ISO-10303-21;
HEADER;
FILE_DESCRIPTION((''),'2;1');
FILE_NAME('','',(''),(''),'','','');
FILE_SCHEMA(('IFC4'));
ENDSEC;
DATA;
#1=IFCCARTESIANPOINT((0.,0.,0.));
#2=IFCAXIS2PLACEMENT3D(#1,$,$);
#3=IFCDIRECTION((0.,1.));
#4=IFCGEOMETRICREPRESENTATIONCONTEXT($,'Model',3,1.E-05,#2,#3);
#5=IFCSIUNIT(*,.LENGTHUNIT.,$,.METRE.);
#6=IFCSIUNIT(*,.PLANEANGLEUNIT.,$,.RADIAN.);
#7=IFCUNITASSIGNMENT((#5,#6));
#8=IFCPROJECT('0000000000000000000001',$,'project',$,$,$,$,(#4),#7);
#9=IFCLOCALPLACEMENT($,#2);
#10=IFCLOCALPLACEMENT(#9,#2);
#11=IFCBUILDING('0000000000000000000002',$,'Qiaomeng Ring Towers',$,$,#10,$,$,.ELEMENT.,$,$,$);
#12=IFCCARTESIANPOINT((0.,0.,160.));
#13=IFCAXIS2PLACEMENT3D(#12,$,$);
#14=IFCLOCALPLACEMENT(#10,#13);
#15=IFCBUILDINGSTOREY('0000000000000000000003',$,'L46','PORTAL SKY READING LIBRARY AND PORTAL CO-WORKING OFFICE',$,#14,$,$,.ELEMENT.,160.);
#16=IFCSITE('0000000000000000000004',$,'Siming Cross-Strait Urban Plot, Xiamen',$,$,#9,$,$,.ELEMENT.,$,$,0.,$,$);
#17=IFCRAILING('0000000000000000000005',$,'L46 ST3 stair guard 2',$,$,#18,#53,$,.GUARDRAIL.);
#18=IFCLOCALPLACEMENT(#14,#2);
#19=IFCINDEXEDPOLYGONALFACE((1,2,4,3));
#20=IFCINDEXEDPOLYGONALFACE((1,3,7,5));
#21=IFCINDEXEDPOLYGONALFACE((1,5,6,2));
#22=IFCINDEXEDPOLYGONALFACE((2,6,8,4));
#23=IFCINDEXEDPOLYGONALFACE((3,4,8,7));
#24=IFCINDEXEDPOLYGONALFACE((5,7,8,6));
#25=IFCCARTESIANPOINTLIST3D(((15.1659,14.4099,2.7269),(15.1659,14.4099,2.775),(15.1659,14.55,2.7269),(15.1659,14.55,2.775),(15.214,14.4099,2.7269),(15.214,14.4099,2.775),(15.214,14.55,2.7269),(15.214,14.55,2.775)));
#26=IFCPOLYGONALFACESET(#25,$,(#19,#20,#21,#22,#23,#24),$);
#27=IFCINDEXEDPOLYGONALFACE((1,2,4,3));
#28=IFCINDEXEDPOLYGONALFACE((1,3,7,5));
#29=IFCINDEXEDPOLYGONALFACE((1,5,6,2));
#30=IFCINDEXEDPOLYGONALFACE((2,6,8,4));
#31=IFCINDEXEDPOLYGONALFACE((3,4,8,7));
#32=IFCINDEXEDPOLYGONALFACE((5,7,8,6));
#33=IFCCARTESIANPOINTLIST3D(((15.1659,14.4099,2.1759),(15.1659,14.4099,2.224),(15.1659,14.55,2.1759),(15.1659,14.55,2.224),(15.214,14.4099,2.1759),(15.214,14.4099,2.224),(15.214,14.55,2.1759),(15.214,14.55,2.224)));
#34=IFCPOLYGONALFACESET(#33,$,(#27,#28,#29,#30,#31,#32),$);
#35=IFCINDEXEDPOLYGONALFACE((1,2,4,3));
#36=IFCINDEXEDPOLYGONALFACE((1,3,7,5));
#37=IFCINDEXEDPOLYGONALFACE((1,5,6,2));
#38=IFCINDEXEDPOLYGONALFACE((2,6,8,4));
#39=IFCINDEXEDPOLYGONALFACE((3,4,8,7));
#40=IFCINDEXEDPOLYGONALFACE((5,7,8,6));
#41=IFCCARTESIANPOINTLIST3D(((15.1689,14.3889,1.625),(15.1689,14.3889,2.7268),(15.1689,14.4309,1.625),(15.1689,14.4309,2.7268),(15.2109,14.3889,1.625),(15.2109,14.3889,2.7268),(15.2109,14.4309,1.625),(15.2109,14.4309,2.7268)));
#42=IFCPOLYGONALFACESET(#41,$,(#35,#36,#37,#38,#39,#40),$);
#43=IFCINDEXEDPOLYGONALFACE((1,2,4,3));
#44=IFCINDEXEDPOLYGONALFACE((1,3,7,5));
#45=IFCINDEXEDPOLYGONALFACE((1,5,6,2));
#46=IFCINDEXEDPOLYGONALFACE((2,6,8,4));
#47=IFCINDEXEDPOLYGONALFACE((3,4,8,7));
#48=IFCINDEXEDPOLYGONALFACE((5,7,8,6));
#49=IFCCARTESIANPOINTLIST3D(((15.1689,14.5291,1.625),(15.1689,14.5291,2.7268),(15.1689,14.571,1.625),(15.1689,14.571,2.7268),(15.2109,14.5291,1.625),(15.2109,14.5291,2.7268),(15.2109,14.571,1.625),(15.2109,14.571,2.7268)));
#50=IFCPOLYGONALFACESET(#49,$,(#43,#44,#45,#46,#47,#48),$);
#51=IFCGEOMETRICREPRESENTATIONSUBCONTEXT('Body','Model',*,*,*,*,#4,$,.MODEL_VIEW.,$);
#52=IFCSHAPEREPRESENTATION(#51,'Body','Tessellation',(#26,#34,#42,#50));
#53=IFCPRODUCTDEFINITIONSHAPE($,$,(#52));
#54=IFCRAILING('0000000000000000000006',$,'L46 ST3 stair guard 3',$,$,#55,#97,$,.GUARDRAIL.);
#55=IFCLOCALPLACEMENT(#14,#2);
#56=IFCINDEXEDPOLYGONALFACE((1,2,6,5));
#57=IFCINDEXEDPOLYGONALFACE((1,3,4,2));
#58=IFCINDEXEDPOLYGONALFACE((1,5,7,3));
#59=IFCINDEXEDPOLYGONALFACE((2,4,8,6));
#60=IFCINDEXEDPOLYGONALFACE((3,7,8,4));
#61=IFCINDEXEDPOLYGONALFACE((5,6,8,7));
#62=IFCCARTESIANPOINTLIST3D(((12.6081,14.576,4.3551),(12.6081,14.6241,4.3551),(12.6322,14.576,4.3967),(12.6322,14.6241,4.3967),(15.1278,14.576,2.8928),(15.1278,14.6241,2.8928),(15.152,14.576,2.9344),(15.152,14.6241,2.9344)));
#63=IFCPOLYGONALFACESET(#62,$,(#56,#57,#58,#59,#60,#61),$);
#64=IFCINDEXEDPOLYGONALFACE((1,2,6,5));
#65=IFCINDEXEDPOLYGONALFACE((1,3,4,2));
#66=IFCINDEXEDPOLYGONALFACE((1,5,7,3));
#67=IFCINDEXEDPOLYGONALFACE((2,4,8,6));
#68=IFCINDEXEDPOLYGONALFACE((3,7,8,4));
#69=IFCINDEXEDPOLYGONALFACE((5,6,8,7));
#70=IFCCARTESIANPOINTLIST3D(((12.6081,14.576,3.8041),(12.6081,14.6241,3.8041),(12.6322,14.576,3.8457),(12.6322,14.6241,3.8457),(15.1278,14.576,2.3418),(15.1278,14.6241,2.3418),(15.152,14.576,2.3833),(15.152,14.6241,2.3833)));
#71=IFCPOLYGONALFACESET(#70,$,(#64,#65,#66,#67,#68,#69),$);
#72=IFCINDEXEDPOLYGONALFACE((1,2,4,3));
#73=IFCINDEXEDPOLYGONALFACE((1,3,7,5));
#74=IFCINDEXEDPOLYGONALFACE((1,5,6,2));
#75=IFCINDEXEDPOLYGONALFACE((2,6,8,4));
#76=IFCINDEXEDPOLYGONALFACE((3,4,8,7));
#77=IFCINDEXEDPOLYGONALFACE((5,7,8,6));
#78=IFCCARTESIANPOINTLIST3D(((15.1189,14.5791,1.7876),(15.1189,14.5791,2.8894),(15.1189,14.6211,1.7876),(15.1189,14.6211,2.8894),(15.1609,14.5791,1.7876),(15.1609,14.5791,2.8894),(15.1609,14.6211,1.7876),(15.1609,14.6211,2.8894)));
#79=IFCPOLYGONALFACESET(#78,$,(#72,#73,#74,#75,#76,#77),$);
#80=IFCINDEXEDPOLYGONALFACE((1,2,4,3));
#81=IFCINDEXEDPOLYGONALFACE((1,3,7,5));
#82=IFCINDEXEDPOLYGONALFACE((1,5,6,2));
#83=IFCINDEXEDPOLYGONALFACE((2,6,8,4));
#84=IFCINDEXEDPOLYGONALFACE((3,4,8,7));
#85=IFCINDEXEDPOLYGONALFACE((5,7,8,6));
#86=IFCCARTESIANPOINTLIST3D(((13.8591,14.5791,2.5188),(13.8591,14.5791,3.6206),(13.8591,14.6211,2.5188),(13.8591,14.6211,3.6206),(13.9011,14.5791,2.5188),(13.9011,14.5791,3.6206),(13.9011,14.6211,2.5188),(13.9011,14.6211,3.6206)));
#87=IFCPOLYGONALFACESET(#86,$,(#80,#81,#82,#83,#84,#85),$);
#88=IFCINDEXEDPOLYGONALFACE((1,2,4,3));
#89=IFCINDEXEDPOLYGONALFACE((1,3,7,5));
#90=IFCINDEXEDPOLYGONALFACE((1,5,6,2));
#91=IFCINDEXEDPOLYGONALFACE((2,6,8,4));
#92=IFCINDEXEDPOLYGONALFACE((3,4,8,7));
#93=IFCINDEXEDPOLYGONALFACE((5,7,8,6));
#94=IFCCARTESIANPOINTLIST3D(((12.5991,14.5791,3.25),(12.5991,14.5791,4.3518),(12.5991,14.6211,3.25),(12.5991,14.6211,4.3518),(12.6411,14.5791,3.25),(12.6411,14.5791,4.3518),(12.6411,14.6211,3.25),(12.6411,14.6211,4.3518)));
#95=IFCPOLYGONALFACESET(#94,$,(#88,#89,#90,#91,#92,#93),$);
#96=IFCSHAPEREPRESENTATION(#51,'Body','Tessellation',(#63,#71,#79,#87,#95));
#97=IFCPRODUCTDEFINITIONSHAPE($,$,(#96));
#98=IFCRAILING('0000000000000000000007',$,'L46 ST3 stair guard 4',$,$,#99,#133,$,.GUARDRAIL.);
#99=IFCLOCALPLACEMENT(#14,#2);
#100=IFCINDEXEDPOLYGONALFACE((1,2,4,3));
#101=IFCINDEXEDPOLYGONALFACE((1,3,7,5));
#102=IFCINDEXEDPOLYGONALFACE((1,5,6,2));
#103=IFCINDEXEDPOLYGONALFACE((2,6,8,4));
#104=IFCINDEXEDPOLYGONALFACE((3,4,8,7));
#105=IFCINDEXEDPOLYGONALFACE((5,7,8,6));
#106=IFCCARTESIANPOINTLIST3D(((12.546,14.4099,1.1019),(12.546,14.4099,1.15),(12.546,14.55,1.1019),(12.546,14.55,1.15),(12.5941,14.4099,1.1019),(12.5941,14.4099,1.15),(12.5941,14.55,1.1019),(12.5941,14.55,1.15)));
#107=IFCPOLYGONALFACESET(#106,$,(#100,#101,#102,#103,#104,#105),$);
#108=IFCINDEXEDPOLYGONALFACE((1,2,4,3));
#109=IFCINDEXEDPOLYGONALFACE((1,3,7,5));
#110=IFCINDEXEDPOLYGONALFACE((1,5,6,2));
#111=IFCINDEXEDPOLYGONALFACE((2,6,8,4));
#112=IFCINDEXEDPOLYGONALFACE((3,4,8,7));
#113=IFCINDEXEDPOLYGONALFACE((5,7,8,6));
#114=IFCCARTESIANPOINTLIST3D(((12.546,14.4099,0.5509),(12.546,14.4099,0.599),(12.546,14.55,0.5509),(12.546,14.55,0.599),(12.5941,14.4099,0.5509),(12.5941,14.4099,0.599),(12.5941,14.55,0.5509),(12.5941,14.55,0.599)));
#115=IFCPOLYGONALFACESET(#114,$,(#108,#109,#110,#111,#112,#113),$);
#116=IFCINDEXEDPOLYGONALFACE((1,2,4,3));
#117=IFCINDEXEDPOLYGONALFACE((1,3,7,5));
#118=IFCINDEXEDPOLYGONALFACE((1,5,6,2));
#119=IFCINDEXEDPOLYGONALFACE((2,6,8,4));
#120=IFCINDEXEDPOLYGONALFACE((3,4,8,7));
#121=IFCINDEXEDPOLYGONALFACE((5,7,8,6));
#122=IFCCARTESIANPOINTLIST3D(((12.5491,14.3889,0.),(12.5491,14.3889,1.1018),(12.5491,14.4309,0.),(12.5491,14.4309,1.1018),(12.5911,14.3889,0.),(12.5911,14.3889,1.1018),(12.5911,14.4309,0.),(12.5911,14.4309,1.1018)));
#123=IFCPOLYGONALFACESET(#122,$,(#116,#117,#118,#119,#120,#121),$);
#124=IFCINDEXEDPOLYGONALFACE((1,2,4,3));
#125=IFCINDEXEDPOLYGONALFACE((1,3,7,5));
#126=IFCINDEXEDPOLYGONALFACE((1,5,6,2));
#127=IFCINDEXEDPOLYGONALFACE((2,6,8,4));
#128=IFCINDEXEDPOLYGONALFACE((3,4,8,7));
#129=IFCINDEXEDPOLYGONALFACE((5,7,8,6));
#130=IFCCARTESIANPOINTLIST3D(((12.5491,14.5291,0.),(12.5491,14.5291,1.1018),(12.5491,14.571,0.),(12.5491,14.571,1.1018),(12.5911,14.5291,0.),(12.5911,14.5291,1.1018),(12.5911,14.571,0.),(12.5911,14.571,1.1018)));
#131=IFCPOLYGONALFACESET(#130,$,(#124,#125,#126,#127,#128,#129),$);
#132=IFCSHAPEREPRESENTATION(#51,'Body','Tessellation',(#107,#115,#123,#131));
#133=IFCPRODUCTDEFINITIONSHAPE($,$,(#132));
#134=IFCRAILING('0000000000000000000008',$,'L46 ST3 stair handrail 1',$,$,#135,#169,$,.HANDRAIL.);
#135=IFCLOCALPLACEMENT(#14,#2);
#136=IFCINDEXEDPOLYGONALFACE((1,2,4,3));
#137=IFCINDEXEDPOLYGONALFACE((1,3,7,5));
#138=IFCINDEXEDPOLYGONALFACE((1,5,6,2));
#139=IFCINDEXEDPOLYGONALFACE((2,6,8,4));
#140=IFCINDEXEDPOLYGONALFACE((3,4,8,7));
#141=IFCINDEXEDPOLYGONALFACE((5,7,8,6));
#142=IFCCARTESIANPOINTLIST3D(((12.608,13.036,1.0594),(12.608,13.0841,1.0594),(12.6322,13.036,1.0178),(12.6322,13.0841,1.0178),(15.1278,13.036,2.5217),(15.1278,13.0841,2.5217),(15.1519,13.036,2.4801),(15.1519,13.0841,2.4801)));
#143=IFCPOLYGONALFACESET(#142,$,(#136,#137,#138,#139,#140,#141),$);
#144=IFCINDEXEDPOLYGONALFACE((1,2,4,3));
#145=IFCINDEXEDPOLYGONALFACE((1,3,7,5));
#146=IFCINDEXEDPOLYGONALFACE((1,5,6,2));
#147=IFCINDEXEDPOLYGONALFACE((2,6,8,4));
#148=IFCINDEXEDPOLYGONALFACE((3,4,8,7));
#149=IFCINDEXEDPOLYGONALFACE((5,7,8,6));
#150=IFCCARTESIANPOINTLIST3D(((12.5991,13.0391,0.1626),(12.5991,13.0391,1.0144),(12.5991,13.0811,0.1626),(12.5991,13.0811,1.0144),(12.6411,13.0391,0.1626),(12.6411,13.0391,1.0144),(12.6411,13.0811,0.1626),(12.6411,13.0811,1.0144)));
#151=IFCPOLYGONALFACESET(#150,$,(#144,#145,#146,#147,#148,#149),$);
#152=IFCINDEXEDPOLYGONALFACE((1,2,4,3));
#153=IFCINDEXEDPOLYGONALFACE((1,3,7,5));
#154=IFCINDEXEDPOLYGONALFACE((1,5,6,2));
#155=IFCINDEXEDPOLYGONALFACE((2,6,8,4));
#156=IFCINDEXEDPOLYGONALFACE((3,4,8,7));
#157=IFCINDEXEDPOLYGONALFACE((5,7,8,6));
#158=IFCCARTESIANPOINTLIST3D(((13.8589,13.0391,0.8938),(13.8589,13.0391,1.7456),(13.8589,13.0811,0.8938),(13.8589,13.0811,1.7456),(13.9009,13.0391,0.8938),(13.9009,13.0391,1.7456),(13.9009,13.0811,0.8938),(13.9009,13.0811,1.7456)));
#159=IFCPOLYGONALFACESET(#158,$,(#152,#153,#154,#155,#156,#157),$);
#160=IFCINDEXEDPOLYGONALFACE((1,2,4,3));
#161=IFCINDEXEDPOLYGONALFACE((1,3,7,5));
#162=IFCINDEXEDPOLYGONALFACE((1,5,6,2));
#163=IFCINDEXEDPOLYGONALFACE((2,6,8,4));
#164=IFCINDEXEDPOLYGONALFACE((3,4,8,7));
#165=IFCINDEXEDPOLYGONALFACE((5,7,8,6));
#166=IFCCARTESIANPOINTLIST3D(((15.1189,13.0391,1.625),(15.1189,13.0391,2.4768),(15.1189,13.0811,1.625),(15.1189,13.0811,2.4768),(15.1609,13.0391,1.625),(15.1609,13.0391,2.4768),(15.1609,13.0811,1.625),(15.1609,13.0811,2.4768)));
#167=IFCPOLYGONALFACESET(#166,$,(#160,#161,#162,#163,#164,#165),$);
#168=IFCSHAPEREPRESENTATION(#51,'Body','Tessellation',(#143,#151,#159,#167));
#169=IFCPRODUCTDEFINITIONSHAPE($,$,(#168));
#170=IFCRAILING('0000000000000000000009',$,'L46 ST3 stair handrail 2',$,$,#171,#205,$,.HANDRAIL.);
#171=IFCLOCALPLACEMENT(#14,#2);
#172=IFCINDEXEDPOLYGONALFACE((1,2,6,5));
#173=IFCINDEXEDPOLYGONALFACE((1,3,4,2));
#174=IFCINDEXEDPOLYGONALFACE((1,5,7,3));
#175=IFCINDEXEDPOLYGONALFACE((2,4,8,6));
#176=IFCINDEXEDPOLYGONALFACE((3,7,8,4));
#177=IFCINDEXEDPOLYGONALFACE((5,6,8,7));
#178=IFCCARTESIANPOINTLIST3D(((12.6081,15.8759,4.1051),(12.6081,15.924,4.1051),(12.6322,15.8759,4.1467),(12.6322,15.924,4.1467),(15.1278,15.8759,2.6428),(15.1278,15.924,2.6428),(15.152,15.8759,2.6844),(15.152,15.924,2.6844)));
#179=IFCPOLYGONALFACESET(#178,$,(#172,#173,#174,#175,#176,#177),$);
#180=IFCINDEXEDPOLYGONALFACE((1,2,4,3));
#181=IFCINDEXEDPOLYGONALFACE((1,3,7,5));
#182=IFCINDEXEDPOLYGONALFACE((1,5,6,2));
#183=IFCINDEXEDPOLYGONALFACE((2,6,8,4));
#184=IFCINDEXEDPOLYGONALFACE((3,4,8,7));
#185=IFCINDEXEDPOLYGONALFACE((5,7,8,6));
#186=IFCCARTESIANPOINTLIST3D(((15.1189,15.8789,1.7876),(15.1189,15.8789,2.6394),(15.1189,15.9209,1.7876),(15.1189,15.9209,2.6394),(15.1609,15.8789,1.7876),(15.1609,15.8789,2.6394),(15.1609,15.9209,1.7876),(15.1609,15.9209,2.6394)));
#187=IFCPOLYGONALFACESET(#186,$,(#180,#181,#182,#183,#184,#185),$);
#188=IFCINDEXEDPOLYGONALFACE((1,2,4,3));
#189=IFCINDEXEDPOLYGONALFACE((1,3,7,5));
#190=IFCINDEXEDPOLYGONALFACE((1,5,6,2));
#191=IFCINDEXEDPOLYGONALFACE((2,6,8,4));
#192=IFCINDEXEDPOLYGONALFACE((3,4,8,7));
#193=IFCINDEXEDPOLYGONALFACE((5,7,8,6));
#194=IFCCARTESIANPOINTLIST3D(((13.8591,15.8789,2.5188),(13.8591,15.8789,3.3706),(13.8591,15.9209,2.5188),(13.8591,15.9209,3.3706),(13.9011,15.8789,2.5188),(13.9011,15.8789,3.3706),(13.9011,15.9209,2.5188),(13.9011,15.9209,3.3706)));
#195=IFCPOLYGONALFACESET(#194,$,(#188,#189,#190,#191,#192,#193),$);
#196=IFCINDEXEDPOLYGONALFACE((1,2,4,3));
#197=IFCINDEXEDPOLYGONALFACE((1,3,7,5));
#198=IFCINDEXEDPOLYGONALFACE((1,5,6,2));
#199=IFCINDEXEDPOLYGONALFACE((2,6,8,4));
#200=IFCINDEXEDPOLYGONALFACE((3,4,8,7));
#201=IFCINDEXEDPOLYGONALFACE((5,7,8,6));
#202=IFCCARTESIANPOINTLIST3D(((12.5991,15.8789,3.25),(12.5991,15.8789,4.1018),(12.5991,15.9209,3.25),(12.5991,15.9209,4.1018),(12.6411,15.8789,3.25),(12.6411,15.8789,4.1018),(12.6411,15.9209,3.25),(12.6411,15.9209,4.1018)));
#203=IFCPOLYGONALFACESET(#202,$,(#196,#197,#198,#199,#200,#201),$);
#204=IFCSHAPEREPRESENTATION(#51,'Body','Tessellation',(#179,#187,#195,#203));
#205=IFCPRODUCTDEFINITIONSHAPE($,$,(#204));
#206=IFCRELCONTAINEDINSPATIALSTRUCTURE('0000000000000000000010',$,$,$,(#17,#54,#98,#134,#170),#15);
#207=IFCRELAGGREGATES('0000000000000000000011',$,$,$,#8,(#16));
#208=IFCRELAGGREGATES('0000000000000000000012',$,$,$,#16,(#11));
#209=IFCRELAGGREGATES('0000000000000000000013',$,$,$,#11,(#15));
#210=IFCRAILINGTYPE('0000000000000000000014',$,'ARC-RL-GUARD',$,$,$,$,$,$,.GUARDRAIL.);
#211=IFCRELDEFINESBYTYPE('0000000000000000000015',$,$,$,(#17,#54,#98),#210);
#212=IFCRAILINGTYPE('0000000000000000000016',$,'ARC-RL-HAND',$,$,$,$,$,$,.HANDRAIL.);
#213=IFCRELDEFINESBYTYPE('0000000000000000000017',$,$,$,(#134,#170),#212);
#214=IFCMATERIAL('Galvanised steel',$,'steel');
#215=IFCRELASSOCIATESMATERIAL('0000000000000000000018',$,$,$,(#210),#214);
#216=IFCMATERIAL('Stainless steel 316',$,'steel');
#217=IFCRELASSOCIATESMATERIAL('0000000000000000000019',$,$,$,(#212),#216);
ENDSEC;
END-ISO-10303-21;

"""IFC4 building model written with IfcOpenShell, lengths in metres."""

from ifc_helpers import new_model, si_unit, direction, frame, origin, origin_2d, place, context, subcontext, project, spatial, rectangle, extrude, material, type_object, element, save


model = new_model("IFC4")

# Units and contexts
model_context = context("Model", 3, precision=1e-05, world=origin(), true_north=direction((0.0, 1.0)))
body_context = subcontext(model_context, "Body", "Model", "MODEL_VIEW")
ifc_project = project(units=[si_unit("LENGTHUNIT", "METRE"), si_unit("PLANEANGLEUNIT", "RADIAN")], contexts=[model_context])

# Site, building, storey
site_placement = place(None, origin())
site = spatial("IfcSite", under=ifc_project, at=site_placement, Name="Siming Cross-Strait Urban Plot, Xiamen", CompositionType="ELEMENT", RefElevation=0.0)
building_placement = place(site_placement, origin())
building = spatial("IfcBuilding", under=site, at=building_placement, Name="Qiaomeng Ring Towers", CompositionType="ELEMENT")
storey_placement = place(building_placement, frame((0.0, 0.0, 160.0)))
storey = spatial("IfcBuildingStorey", under=building, at=storey_placement, Name="L46", Description="PORTAL SKY READING LIBRARY AND PORTAL CO-WORKING OFFICE", CompositionType="ELEMENT", Elevation=160.0)

# Shared definitions
ifc_material_1 = material(Name="Galvanised steel", Category="steel")

# Railings
railing_type_1 = type_object("IfcRailingType", Name="ARC-RL-GUARD", PredefinedType="GUARDRAIL", material=ifc_material_1)
railing_1_placement = place(storey_placement, frame((15.1899, 14.4099, 1.625)))
element("IfcRailing", 1, at=railing_1_placement, inside=storey, type_object=railing_type_1, Name="L46 ST3 stair guard 2", PredefinedType="GUARDRAIL", context=body_context, shape_type="SweptSolid", body=[
    extrude(rectangle(XDim=0.0481, YDim=0.0481, at=origin_2d()), frame((0.0, 0.0, 1.126), z_axis=(0.0, 1.0, 0.0), x_axis=(-1.0, 0.0, 0.0)), (0.0, 0.0, 1.0), 0.1401),
    extrude(rectangle(XDim=0.0481, YDim=0.0481, at=origin_2d()), frame((0.0, 0.0, 0.575), z_axis=(0.0, 1.0, 0.0), x_axis=(-1.0, 0.0, 0.0)), (0.0, 0.0, 1.0), 0.1401),
    extrude(rectangle(XDim=0.042, YDim=0.042, at=origin_2d()), origin(), (0.0, 0.0, 1.0), 1.1018),
    extrude(rectangle(XDim=0.042, YDim=0.042, at=origin_2d()), frame((0.0, 0.1401, 0.0)), (0.0, 0.0, 1.0), 1.1018),
])
railing_2_placement = place(storey_placement, frame((15.1399, 14.6001, 1.7876)))
element("IfcRailing", 2, at=railing_2_placement, inside=storey, type_object=railing_type_1, Name="L46 ST3 stair guard 3", PredefinedType="GUARDRAIL", context=body_context, shape_type="SweptSolid", body=[
    extrude(rectangle(XDim=0.0481, YDim=0.0481, at=origin_2d()), frame((0.0, 0.0, 1.126), z_axis=(-0.864892, 0.0, 0.501958), x_axis=(0.0, -1.0, 0.0)), (0.0, 0.0, 1.0), 2.9133),
    extrude(rectangle(XDim=0.0481, YDim=0.0481, at=origin_2d()), frame((0.0, 0.0, 0.575), z_axis=(-0.864892, 0.0, 0.501958), x_axis=(0.0, -1.0, 0.0)), (0.0, 0.0, 1.0), 2.9133),
    extrude(rectangle(XDim=0.042, YDim=0.042, at=origin_2d()), origin(), (0.0, 0.0, 1.0), 1.1018),
    extrude(rectangle(XDim=0.042, YDim=0.042, at=origin_2d()), frame((-1.2598, 0.0, 0.7312)), (0.0, 0.0, 1.0), 1.1018),
    extrude(rectangle(XDim=0.042, YDim=0.042, at=origin_2d()), frame((-2.5198, 0.0, 1.4624)), (0.0, 0.0, 1.0), 1.1018),
])
railing_3_placement = place(storey_placement, frame((12.5701, 14.4099, 0.0)))
element("IfcRailing", 3, at=railing_3_placement, inside=storey, type_object=railing_type_1, Name="L46 ST3 stair guard 4", PredefinedType="GUARDRAIL", context=body_context, shape_type="SweptSolid", body=[
    extrude(rectangle(XDim=0.0481, YDim=0.0481, at=origin_2d()), frame((0.0, 0.0, 1.126), z_axis=(0.0, 1.0, 0.0), x_axis=(-1.0, 0.0, 0.0)), (0.0, 0.0, 1.0), 0.1401),
    extrude(rectangle(XDim=0.0481, YDim=0.0481, at=origin_2d()), frame((0.0, 0.0, 0.575), z_axis=(0.0, 1.0, 0.0), x_axis=(-1.0, 0.0, 0.0)), (0.0, 0.0, 1.0), 0.1401),
    extrude(rectangle(XDim=0.042, YDim=0.042, at=origin_2d()), origin(), (0.0, 0.0, 1.0), 1.1018),
    extrude(rectangle(XDim=0.042, YDim=0.042, at=origin_2d()), frame((0.0, 0.1401, 0.0)), (0.0, 0.0, 1.0), 1.1018),
])
ifc_material_2 = material(Name="Stainless steel 316", Category="steel")
railing_type_2 = type_object("IfcRailingType", Name="ARC-RL-HAND", PredefinedType="HANDRAIL", material=ifc_material_2)
railing_4_placement = place(storey_placement, frame((12.6201, 13.0601, 0.1626)))
element("IfcRailing", 4, at=railing_4_placement, inside=storey, type_object=railing_type_2, Name="L46 ST3 stair handrail 1", PredefinedType="HANDRAIL", context=body_context, shape_type="SweptSolid", body=[
    extrude(rectangle(XDim=0.0481, YDim=0.0481, at=origin_2d()), frame((0.0, 0.0, 0.876), z_axis=(0.864892, 0.0, 0.501958), x_axis=(0.0, 1.0, 0.0)), (0.0, 0.0, 1.0), 2.9133),
    extrude(rectangle(XDim=0.042, YDim=0.042, at=origin_2d()), origin(), (0.0, 0.0, 1.0), 0.8518),
    extrude(rectangle(XDim=0.042, YDim=0.042, at=origin_2d()), frame((1.2598, 0.0, 0.7312)), (0.0, 0.0, 1.0), 0.8518),
    extrude(rectangle(XDim=0.042, YDim=0.042, at=origin_2d()), frame((2.5198, 0.0, 1.4624)), (0.0, 0.0, 1.0), 0.8518),
])
railing_5_placement = place(storey_placement, frame((15.1399, 15.8999, 1.7876)))
element("IfcRailing", 5, at=railing_5_placement, inside=storey, type_object=railing_type_2, Name="L46 ST3 stair handrail 2", PredefinedType="HANDRAIL", context=body_context, shape_type="SweptSolid", body=[
    extrude(rectangle(XDim=0.0481, YDim=0.0481, at=origin_2d()), frame((0.0, 0.0, 0.876), z_axis=(-0.864892, 0.0, 0.501958), x_axis=(0.0, -1.0, 0.0)), (0.0, 0.0, 1.0), 2.9133),
    extrude(rectangle(XDim=0.042, YDim=0.042, at=origin_2d()), origin(), (0.0, 0.0, 1.0), 0.8518),
    extrude(rectangle(XDim=0.042, YDim=0.042, at=origin_2d()), frame((-1.2598, 0.0, 0.7312)), (0.0, 0.0, 1.0), 0.8518),
    extrude(rectangle(XDim=0.042, YDim=0.042, at=origin_2d()), frame((-2.5198, 0.0, 1.4624)), (0.0, 0.0, 1.0), 0.8518),
])

save(model, "model.ifc")
